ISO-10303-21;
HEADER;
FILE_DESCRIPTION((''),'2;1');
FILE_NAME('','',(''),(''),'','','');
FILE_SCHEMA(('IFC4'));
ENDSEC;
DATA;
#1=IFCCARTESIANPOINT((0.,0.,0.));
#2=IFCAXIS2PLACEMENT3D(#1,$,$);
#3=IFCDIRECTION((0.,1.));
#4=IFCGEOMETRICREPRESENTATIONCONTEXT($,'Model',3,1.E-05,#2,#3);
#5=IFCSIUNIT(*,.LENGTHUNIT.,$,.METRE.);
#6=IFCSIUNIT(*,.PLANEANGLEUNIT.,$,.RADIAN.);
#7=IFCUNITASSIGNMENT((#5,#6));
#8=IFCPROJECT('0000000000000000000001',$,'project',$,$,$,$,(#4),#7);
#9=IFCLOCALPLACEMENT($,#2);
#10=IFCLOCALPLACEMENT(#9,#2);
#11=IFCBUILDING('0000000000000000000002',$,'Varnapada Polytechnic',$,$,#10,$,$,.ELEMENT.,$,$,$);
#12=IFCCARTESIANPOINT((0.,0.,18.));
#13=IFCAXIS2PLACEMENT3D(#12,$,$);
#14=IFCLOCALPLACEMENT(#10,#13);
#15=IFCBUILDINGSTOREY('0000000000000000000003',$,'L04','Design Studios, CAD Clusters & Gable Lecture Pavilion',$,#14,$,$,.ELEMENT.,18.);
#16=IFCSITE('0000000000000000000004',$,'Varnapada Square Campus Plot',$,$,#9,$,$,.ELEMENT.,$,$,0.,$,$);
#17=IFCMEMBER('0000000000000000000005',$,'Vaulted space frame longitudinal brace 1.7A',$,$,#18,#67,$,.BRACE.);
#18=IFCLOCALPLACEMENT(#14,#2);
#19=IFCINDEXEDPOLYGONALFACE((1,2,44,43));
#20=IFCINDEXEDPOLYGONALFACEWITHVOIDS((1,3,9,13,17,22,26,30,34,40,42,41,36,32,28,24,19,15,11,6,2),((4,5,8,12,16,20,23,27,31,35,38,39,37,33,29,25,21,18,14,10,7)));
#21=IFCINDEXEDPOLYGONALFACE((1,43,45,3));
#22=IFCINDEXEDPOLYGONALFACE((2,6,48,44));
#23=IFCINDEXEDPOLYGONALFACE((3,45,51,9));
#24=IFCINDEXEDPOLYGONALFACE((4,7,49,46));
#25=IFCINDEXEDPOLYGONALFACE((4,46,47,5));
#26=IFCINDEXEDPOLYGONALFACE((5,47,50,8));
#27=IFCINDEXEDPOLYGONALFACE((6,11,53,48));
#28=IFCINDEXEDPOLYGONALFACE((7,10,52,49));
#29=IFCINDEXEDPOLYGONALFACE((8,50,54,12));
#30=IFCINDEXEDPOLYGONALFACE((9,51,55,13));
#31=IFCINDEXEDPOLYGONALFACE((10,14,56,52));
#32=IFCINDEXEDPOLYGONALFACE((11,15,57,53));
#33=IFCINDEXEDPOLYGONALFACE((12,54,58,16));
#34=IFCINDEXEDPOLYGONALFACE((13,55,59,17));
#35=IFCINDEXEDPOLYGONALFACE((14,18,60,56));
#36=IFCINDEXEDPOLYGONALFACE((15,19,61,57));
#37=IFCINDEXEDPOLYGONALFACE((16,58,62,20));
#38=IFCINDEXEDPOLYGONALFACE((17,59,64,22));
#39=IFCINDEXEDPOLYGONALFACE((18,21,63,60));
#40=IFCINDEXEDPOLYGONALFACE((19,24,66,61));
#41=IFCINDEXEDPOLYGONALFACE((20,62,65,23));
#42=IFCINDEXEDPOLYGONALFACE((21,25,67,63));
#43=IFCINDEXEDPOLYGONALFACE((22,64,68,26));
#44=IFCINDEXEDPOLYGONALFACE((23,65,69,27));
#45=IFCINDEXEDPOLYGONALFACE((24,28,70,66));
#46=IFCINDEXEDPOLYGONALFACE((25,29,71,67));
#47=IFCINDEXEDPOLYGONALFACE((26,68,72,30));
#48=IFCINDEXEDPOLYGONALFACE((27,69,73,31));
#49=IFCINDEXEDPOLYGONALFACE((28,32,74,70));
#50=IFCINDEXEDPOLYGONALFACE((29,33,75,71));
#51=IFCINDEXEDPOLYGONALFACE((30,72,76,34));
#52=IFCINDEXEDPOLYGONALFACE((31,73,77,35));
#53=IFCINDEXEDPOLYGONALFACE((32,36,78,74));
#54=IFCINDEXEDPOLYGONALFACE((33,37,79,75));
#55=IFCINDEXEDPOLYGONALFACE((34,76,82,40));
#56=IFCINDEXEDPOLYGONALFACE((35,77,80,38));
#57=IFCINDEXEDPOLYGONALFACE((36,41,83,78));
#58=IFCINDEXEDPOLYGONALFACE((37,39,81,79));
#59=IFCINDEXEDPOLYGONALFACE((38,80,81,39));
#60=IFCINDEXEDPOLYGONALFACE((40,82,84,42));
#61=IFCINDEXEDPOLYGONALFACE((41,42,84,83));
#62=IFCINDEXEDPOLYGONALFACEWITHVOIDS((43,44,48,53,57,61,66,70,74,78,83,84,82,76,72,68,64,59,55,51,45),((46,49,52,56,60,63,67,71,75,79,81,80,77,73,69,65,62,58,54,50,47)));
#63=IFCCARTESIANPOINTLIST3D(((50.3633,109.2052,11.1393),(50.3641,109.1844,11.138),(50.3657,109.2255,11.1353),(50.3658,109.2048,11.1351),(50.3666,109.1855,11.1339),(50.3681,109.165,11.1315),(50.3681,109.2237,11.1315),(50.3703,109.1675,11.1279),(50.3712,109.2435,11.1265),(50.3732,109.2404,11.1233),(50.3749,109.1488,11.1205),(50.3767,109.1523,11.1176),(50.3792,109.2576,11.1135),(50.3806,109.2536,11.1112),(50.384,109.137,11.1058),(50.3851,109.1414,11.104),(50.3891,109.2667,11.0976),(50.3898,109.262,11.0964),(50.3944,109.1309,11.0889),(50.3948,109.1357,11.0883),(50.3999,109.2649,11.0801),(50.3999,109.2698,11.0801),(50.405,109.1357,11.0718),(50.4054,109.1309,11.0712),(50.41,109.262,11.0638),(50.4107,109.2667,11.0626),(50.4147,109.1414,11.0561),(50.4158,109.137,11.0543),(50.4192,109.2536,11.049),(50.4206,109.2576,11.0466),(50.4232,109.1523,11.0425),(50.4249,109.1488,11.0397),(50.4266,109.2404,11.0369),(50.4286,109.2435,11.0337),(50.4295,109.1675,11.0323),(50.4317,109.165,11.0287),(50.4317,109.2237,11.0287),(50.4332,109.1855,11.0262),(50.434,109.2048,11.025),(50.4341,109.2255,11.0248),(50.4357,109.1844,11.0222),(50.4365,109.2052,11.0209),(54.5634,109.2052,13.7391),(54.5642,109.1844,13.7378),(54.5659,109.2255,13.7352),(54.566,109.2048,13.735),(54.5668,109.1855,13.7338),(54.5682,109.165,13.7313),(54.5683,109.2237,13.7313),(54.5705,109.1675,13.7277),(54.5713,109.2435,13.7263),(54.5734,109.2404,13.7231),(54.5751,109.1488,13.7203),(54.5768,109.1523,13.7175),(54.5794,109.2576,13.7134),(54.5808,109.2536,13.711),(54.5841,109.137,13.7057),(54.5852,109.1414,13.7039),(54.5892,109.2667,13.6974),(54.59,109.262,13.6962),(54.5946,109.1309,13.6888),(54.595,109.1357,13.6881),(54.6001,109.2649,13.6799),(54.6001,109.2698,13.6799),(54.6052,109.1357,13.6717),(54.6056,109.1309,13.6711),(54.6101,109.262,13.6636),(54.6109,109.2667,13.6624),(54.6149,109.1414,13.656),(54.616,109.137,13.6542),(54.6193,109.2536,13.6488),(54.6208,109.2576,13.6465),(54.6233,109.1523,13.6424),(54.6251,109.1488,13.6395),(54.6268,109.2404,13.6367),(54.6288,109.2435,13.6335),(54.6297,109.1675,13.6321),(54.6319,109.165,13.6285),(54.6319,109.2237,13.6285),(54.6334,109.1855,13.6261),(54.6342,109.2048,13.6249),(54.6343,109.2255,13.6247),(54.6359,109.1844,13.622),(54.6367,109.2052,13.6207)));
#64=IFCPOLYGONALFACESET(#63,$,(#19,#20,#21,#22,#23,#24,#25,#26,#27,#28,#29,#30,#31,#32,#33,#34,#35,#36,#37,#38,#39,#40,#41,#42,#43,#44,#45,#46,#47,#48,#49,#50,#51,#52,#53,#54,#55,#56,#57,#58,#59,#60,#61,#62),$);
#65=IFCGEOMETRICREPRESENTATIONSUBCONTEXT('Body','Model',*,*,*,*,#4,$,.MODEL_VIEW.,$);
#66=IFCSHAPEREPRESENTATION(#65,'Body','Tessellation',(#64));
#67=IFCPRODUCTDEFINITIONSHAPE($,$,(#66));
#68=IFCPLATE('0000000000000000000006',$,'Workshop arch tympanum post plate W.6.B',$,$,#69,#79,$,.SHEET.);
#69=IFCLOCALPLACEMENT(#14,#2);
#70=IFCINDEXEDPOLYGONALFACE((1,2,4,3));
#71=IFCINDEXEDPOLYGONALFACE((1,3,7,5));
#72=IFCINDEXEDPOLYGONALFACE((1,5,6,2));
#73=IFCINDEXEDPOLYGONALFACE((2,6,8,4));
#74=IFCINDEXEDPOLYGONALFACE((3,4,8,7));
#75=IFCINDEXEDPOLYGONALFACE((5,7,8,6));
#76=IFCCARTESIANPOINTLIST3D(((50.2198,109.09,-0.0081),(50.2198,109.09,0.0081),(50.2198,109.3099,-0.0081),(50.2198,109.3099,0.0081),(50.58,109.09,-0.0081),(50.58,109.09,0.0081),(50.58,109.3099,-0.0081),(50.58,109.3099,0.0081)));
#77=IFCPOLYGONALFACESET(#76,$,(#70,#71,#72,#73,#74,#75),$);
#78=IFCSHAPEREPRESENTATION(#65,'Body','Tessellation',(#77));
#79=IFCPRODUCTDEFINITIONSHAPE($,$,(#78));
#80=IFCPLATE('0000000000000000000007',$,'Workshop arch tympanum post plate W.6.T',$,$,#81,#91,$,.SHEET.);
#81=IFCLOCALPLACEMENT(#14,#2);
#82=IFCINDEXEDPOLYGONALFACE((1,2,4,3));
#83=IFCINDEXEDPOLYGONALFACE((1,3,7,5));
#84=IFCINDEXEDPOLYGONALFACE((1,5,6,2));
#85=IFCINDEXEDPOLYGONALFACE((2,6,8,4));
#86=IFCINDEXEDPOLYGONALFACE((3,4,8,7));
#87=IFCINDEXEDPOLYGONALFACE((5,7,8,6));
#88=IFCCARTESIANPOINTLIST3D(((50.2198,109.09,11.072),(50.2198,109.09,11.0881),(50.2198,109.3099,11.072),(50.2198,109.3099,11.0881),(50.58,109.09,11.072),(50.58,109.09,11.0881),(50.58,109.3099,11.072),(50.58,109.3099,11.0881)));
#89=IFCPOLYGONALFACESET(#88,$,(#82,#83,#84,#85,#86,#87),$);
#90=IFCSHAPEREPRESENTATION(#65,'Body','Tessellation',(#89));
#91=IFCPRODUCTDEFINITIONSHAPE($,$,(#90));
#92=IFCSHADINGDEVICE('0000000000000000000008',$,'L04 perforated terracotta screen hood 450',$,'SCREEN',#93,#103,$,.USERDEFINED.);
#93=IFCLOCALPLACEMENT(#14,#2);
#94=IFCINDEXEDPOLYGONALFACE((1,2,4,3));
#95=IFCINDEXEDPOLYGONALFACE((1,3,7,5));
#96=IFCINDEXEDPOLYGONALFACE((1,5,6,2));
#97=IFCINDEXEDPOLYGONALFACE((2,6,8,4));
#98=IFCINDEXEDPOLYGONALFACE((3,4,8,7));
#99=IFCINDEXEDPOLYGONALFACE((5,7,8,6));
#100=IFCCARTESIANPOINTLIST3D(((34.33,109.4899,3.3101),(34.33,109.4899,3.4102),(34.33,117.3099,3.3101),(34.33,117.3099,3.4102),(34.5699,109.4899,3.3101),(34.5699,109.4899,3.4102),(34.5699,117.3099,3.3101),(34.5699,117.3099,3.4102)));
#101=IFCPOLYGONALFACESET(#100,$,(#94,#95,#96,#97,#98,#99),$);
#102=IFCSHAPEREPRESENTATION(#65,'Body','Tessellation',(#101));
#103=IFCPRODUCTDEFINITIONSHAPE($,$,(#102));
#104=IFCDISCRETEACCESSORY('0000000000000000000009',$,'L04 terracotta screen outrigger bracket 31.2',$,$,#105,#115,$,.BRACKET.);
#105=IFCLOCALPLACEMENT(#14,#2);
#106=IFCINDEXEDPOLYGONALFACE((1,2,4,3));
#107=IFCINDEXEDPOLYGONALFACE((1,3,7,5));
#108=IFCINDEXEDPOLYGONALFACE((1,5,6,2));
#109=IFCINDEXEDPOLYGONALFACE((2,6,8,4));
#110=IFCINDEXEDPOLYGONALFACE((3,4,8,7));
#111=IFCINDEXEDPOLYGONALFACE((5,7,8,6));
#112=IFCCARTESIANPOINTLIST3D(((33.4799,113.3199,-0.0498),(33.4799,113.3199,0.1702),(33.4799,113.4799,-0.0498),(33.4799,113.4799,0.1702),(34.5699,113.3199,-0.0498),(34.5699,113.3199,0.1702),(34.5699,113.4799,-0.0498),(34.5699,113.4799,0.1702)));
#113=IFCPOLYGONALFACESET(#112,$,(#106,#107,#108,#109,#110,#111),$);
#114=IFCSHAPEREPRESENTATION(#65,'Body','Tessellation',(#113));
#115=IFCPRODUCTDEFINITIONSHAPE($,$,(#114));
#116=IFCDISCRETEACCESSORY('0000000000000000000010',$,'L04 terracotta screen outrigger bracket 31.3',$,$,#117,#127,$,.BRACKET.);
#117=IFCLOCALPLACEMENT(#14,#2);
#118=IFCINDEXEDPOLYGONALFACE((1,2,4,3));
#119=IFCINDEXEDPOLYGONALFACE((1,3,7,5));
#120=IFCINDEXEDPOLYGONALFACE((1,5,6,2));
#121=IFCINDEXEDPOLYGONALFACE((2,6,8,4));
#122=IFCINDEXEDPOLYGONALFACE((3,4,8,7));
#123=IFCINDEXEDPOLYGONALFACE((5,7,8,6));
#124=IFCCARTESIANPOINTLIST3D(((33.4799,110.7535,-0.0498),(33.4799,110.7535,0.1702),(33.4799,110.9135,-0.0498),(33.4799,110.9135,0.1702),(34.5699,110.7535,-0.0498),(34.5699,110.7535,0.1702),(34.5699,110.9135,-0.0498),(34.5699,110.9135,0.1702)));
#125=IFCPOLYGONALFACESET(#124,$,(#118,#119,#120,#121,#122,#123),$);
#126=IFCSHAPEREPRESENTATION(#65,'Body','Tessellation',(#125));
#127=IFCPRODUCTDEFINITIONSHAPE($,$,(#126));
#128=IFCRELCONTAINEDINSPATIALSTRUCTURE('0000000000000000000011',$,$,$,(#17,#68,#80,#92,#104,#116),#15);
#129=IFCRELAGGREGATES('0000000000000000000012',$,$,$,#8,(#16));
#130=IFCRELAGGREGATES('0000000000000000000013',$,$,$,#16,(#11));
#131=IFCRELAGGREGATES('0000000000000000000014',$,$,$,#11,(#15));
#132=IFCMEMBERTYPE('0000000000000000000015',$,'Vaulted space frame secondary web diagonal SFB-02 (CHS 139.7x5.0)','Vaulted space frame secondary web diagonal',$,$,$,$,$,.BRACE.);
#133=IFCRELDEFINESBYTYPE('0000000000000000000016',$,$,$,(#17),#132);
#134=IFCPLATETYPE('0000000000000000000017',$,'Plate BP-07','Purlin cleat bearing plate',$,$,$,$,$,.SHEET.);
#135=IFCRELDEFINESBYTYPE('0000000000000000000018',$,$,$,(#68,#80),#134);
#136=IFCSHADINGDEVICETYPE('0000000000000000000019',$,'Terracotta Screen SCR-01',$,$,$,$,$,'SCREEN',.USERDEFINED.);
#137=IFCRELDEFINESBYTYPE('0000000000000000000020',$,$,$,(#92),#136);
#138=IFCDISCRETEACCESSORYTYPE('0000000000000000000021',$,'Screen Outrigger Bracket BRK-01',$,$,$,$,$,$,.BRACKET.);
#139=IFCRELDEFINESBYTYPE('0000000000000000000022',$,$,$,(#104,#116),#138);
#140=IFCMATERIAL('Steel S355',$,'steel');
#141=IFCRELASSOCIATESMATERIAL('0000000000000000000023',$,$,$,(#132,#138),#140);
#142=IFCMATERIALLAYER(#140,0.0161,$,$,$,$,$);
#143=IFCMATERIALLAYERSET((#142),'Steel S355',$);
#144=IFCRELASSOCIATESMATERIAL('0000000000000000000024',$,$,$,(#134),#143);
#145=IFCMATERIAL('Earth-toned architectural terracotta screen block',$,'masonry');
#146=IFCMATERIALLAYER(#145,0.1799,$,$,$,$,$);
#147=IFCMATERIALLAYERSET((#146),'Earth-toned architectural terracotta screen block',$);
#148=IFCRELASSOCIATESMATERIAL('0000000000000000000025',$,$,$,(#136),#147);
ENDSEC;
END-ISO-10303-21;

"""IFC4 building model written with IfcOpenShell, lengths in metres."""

from ifc_helpers import new_model, si_unit, direction, frame, origin, origin_2d, place, context, subcontext, project, spatial, rectangle, hollow_circle, extrude, material, layer, layer_set, material_profile, profile_set, type_object, element, save


model = new_model("IFC4")

# Units and contexts
model_context = context("Model", 3, precision=1e-05, world=origin(), true_north=direction((0.0, 1.0)))
body_context = subcontext(model_context, "Body", "Model", "MODEL_VIEW")
ifc_project = project(units=[si_unit("LENGTHUNIT", "METRE"), si_unit("PLANEANGLEUNIT", "RADIAN")], contexts=[model_context])

# Site, building, storey
site_placement = place(None, origin())
site = spatial("IfcSite", under=ifc_project, at=site_placement, Name="Varnapada Square Campus Plot", CompositionType="ELEMENT", RefElevation=0.0)
building_placement = place(site_placement, origin())
building = spatial("IfcBuilding", under=site, at=building_placement, Name="Varnapada Polytechnic", CompositionType="ELEMENT")
storey_placement = place(building_placement, frame((0.0, 0.0, 18.0)))
storey = spatial("IfcBuildingStorey", under=building, at=storey_placement, Name="L04", Description="Design Studios, CAD Clusters & Gable Lecture Pavilion", CompositionType="ELEMENT", Elevation=18.0)

# Member
ifc_material_1 = material(Name="Steel S355", Category="steel")
ifc_material_profile_1 = material_profile(ifc_material_1, hollow_circle(Radius=0.0698, WallThickness=0.0049, at=origin_2d()), Name="CHS 139.7x5.0")
ifc_profile_set_1 = profile_set([ifc_material_profile_1], Name="Steel S355")
member_type_1 = type_object("IfcMemberType", Name="Vaulted space frame secondary web diagonal SFB-02 (CHS 139.7x5.0)", Description="Vaulted space frame secondary web diagonal", PredefinedType="BRACE", material=ifc_profile_set_1)
member_1_placement = place(storey_placement, frame((50.3999, 109.2, 11.0801), z_axis=(0.850289, 0.0, 0.526315), x_axis=(0.0, 1.0, 0.0)))
element("IfcMember", 1, at=member_1_placement, inside=storey, type_object=member_type_1, Name="Vaulted space frame longitudinal brace 1.7A", PredefinedType="BRACE", context=body_context, shape_type="SweptSolid", body=[
    extrude(hollow_circle(Radius=0.0698, WallThickness=0.0049, at=origin_2d()), origin(), (0.0, 0.0, 1.0), 4.9397),
])

# Plates
ifc_layer_1 = layer(ifc_material_1, 0.0161)
ifc_layer_set_1 = layer_set([ifc_layer_1], Name="Steel S355")
plate_type = type_object("IfcPlateType", Name="Plate BP-07", Description="Purlin cleat bearing plate", PredefinedType="SHEET", material=ifc_layer_set_1)
for number, where, z_axis, x_axis, name in (
    (2, (50.3999, 109.2, -0.0081), (0.0, 0.0, 1.0), (1.0, 0.0, 0.0), "Workshop arch tympanum post plate W.6.B"),
    (3, (50.3999, 109.2, 11.072), (0.0, 0.0, 1.0), (1.0, 0.0, 0.0), "Workshop arch tympanum post plate W.6.T"),
):
    element("IfcPlate", number, at=place(storey_placement, frame(where, z_axis=z_axis, x_axis=x_axis)), inside=storey, type_object=plate_type, Name=name, PredefinedType="SHEET", context=body_context, shape_type="SweptSolid", body=[
        extrude(rectangle(XDim=0.3601, YDim=0.22, at=origin_2d()), origin(), (0.0, 0.0, 1.0), 0.0161),
    ])

# Shading device
ifc_material_2 = material(Name="Earth-toned architectural terracotta screen block", Category="masonry")
ifc_layer_2 = layer(ifc_material_2, 0.1799)
ifc_layer_set_2 = layer_set([ifc_layer_2], Name="Earth-toned architectural terracotta screen block")
shading_device_type = type_object("IfcShadingDeviceType", Name="Terracotta Screen SCR-01", ElementType="SCREEN", PredefinedType="USERDEFINED", material=ifc_layer_set_2)
shading_device_placement = place(storey_placement, frame((34.45, 113.3999, 3.3101), z_axis=(0.0, 0.0, 1.0), x_axis=(0.0, -1.0, 0.0)))
element("IfcShadingDevice", 4, at=shading_device_placement, inside=storey, type_object=shading_device_type, Name="L04 perforated terracotta screen hood 450", ObjectType="SCREEN", PredefinedType="USERDEFINED", context=body_context, shape_type="SweptSolid", body=[
    extrude(rectangle(XDim=7.8201, YDim=0.24, at=origin_2d()), origin(), (0.0, 0.0, 1.0), 0.1001),
])

# Discrete accessories
discrete_accessory_type = type_object("IfcDiscreteAccessoryType", Name="Screen Outrigger Bracket BRK-01", PredefinedType="BRACKET", material=ifc_material_1)
for number, where, z_axis, x_axis, name in (
    (5, (34.0249, 113.3999, -0.0498), (0.0, 0.0, 1.0), (0.0, -1.0, 0.0), "L04 terracotta screen outrigger bracket 31.2"),
    (6, (34.0249, 110.8335, -0.0498), (0.0, 0.0, 1.0), (0.0, -1.0, 0.0), "L04 terracotta screen outrigger bracket 31.3"),
):
    element("IfcDiscreteAccessory", number, at=place(storey_placement, frame(where, z_axis=z_axis, x_axis=x_axis)), inside=storey, type_object=discrete_accessory_type, Name=name, PredefinedType="BRACKET", context=body_context, shape_type="SweptSolid", body=[
        extrude(rectangle(XDim=0.1599, YDim=1.0901, at=origin_2d()), origin(), (0.0, 0.0, 1.0), 0.22),
    ])

save(model, "model.ifc")
